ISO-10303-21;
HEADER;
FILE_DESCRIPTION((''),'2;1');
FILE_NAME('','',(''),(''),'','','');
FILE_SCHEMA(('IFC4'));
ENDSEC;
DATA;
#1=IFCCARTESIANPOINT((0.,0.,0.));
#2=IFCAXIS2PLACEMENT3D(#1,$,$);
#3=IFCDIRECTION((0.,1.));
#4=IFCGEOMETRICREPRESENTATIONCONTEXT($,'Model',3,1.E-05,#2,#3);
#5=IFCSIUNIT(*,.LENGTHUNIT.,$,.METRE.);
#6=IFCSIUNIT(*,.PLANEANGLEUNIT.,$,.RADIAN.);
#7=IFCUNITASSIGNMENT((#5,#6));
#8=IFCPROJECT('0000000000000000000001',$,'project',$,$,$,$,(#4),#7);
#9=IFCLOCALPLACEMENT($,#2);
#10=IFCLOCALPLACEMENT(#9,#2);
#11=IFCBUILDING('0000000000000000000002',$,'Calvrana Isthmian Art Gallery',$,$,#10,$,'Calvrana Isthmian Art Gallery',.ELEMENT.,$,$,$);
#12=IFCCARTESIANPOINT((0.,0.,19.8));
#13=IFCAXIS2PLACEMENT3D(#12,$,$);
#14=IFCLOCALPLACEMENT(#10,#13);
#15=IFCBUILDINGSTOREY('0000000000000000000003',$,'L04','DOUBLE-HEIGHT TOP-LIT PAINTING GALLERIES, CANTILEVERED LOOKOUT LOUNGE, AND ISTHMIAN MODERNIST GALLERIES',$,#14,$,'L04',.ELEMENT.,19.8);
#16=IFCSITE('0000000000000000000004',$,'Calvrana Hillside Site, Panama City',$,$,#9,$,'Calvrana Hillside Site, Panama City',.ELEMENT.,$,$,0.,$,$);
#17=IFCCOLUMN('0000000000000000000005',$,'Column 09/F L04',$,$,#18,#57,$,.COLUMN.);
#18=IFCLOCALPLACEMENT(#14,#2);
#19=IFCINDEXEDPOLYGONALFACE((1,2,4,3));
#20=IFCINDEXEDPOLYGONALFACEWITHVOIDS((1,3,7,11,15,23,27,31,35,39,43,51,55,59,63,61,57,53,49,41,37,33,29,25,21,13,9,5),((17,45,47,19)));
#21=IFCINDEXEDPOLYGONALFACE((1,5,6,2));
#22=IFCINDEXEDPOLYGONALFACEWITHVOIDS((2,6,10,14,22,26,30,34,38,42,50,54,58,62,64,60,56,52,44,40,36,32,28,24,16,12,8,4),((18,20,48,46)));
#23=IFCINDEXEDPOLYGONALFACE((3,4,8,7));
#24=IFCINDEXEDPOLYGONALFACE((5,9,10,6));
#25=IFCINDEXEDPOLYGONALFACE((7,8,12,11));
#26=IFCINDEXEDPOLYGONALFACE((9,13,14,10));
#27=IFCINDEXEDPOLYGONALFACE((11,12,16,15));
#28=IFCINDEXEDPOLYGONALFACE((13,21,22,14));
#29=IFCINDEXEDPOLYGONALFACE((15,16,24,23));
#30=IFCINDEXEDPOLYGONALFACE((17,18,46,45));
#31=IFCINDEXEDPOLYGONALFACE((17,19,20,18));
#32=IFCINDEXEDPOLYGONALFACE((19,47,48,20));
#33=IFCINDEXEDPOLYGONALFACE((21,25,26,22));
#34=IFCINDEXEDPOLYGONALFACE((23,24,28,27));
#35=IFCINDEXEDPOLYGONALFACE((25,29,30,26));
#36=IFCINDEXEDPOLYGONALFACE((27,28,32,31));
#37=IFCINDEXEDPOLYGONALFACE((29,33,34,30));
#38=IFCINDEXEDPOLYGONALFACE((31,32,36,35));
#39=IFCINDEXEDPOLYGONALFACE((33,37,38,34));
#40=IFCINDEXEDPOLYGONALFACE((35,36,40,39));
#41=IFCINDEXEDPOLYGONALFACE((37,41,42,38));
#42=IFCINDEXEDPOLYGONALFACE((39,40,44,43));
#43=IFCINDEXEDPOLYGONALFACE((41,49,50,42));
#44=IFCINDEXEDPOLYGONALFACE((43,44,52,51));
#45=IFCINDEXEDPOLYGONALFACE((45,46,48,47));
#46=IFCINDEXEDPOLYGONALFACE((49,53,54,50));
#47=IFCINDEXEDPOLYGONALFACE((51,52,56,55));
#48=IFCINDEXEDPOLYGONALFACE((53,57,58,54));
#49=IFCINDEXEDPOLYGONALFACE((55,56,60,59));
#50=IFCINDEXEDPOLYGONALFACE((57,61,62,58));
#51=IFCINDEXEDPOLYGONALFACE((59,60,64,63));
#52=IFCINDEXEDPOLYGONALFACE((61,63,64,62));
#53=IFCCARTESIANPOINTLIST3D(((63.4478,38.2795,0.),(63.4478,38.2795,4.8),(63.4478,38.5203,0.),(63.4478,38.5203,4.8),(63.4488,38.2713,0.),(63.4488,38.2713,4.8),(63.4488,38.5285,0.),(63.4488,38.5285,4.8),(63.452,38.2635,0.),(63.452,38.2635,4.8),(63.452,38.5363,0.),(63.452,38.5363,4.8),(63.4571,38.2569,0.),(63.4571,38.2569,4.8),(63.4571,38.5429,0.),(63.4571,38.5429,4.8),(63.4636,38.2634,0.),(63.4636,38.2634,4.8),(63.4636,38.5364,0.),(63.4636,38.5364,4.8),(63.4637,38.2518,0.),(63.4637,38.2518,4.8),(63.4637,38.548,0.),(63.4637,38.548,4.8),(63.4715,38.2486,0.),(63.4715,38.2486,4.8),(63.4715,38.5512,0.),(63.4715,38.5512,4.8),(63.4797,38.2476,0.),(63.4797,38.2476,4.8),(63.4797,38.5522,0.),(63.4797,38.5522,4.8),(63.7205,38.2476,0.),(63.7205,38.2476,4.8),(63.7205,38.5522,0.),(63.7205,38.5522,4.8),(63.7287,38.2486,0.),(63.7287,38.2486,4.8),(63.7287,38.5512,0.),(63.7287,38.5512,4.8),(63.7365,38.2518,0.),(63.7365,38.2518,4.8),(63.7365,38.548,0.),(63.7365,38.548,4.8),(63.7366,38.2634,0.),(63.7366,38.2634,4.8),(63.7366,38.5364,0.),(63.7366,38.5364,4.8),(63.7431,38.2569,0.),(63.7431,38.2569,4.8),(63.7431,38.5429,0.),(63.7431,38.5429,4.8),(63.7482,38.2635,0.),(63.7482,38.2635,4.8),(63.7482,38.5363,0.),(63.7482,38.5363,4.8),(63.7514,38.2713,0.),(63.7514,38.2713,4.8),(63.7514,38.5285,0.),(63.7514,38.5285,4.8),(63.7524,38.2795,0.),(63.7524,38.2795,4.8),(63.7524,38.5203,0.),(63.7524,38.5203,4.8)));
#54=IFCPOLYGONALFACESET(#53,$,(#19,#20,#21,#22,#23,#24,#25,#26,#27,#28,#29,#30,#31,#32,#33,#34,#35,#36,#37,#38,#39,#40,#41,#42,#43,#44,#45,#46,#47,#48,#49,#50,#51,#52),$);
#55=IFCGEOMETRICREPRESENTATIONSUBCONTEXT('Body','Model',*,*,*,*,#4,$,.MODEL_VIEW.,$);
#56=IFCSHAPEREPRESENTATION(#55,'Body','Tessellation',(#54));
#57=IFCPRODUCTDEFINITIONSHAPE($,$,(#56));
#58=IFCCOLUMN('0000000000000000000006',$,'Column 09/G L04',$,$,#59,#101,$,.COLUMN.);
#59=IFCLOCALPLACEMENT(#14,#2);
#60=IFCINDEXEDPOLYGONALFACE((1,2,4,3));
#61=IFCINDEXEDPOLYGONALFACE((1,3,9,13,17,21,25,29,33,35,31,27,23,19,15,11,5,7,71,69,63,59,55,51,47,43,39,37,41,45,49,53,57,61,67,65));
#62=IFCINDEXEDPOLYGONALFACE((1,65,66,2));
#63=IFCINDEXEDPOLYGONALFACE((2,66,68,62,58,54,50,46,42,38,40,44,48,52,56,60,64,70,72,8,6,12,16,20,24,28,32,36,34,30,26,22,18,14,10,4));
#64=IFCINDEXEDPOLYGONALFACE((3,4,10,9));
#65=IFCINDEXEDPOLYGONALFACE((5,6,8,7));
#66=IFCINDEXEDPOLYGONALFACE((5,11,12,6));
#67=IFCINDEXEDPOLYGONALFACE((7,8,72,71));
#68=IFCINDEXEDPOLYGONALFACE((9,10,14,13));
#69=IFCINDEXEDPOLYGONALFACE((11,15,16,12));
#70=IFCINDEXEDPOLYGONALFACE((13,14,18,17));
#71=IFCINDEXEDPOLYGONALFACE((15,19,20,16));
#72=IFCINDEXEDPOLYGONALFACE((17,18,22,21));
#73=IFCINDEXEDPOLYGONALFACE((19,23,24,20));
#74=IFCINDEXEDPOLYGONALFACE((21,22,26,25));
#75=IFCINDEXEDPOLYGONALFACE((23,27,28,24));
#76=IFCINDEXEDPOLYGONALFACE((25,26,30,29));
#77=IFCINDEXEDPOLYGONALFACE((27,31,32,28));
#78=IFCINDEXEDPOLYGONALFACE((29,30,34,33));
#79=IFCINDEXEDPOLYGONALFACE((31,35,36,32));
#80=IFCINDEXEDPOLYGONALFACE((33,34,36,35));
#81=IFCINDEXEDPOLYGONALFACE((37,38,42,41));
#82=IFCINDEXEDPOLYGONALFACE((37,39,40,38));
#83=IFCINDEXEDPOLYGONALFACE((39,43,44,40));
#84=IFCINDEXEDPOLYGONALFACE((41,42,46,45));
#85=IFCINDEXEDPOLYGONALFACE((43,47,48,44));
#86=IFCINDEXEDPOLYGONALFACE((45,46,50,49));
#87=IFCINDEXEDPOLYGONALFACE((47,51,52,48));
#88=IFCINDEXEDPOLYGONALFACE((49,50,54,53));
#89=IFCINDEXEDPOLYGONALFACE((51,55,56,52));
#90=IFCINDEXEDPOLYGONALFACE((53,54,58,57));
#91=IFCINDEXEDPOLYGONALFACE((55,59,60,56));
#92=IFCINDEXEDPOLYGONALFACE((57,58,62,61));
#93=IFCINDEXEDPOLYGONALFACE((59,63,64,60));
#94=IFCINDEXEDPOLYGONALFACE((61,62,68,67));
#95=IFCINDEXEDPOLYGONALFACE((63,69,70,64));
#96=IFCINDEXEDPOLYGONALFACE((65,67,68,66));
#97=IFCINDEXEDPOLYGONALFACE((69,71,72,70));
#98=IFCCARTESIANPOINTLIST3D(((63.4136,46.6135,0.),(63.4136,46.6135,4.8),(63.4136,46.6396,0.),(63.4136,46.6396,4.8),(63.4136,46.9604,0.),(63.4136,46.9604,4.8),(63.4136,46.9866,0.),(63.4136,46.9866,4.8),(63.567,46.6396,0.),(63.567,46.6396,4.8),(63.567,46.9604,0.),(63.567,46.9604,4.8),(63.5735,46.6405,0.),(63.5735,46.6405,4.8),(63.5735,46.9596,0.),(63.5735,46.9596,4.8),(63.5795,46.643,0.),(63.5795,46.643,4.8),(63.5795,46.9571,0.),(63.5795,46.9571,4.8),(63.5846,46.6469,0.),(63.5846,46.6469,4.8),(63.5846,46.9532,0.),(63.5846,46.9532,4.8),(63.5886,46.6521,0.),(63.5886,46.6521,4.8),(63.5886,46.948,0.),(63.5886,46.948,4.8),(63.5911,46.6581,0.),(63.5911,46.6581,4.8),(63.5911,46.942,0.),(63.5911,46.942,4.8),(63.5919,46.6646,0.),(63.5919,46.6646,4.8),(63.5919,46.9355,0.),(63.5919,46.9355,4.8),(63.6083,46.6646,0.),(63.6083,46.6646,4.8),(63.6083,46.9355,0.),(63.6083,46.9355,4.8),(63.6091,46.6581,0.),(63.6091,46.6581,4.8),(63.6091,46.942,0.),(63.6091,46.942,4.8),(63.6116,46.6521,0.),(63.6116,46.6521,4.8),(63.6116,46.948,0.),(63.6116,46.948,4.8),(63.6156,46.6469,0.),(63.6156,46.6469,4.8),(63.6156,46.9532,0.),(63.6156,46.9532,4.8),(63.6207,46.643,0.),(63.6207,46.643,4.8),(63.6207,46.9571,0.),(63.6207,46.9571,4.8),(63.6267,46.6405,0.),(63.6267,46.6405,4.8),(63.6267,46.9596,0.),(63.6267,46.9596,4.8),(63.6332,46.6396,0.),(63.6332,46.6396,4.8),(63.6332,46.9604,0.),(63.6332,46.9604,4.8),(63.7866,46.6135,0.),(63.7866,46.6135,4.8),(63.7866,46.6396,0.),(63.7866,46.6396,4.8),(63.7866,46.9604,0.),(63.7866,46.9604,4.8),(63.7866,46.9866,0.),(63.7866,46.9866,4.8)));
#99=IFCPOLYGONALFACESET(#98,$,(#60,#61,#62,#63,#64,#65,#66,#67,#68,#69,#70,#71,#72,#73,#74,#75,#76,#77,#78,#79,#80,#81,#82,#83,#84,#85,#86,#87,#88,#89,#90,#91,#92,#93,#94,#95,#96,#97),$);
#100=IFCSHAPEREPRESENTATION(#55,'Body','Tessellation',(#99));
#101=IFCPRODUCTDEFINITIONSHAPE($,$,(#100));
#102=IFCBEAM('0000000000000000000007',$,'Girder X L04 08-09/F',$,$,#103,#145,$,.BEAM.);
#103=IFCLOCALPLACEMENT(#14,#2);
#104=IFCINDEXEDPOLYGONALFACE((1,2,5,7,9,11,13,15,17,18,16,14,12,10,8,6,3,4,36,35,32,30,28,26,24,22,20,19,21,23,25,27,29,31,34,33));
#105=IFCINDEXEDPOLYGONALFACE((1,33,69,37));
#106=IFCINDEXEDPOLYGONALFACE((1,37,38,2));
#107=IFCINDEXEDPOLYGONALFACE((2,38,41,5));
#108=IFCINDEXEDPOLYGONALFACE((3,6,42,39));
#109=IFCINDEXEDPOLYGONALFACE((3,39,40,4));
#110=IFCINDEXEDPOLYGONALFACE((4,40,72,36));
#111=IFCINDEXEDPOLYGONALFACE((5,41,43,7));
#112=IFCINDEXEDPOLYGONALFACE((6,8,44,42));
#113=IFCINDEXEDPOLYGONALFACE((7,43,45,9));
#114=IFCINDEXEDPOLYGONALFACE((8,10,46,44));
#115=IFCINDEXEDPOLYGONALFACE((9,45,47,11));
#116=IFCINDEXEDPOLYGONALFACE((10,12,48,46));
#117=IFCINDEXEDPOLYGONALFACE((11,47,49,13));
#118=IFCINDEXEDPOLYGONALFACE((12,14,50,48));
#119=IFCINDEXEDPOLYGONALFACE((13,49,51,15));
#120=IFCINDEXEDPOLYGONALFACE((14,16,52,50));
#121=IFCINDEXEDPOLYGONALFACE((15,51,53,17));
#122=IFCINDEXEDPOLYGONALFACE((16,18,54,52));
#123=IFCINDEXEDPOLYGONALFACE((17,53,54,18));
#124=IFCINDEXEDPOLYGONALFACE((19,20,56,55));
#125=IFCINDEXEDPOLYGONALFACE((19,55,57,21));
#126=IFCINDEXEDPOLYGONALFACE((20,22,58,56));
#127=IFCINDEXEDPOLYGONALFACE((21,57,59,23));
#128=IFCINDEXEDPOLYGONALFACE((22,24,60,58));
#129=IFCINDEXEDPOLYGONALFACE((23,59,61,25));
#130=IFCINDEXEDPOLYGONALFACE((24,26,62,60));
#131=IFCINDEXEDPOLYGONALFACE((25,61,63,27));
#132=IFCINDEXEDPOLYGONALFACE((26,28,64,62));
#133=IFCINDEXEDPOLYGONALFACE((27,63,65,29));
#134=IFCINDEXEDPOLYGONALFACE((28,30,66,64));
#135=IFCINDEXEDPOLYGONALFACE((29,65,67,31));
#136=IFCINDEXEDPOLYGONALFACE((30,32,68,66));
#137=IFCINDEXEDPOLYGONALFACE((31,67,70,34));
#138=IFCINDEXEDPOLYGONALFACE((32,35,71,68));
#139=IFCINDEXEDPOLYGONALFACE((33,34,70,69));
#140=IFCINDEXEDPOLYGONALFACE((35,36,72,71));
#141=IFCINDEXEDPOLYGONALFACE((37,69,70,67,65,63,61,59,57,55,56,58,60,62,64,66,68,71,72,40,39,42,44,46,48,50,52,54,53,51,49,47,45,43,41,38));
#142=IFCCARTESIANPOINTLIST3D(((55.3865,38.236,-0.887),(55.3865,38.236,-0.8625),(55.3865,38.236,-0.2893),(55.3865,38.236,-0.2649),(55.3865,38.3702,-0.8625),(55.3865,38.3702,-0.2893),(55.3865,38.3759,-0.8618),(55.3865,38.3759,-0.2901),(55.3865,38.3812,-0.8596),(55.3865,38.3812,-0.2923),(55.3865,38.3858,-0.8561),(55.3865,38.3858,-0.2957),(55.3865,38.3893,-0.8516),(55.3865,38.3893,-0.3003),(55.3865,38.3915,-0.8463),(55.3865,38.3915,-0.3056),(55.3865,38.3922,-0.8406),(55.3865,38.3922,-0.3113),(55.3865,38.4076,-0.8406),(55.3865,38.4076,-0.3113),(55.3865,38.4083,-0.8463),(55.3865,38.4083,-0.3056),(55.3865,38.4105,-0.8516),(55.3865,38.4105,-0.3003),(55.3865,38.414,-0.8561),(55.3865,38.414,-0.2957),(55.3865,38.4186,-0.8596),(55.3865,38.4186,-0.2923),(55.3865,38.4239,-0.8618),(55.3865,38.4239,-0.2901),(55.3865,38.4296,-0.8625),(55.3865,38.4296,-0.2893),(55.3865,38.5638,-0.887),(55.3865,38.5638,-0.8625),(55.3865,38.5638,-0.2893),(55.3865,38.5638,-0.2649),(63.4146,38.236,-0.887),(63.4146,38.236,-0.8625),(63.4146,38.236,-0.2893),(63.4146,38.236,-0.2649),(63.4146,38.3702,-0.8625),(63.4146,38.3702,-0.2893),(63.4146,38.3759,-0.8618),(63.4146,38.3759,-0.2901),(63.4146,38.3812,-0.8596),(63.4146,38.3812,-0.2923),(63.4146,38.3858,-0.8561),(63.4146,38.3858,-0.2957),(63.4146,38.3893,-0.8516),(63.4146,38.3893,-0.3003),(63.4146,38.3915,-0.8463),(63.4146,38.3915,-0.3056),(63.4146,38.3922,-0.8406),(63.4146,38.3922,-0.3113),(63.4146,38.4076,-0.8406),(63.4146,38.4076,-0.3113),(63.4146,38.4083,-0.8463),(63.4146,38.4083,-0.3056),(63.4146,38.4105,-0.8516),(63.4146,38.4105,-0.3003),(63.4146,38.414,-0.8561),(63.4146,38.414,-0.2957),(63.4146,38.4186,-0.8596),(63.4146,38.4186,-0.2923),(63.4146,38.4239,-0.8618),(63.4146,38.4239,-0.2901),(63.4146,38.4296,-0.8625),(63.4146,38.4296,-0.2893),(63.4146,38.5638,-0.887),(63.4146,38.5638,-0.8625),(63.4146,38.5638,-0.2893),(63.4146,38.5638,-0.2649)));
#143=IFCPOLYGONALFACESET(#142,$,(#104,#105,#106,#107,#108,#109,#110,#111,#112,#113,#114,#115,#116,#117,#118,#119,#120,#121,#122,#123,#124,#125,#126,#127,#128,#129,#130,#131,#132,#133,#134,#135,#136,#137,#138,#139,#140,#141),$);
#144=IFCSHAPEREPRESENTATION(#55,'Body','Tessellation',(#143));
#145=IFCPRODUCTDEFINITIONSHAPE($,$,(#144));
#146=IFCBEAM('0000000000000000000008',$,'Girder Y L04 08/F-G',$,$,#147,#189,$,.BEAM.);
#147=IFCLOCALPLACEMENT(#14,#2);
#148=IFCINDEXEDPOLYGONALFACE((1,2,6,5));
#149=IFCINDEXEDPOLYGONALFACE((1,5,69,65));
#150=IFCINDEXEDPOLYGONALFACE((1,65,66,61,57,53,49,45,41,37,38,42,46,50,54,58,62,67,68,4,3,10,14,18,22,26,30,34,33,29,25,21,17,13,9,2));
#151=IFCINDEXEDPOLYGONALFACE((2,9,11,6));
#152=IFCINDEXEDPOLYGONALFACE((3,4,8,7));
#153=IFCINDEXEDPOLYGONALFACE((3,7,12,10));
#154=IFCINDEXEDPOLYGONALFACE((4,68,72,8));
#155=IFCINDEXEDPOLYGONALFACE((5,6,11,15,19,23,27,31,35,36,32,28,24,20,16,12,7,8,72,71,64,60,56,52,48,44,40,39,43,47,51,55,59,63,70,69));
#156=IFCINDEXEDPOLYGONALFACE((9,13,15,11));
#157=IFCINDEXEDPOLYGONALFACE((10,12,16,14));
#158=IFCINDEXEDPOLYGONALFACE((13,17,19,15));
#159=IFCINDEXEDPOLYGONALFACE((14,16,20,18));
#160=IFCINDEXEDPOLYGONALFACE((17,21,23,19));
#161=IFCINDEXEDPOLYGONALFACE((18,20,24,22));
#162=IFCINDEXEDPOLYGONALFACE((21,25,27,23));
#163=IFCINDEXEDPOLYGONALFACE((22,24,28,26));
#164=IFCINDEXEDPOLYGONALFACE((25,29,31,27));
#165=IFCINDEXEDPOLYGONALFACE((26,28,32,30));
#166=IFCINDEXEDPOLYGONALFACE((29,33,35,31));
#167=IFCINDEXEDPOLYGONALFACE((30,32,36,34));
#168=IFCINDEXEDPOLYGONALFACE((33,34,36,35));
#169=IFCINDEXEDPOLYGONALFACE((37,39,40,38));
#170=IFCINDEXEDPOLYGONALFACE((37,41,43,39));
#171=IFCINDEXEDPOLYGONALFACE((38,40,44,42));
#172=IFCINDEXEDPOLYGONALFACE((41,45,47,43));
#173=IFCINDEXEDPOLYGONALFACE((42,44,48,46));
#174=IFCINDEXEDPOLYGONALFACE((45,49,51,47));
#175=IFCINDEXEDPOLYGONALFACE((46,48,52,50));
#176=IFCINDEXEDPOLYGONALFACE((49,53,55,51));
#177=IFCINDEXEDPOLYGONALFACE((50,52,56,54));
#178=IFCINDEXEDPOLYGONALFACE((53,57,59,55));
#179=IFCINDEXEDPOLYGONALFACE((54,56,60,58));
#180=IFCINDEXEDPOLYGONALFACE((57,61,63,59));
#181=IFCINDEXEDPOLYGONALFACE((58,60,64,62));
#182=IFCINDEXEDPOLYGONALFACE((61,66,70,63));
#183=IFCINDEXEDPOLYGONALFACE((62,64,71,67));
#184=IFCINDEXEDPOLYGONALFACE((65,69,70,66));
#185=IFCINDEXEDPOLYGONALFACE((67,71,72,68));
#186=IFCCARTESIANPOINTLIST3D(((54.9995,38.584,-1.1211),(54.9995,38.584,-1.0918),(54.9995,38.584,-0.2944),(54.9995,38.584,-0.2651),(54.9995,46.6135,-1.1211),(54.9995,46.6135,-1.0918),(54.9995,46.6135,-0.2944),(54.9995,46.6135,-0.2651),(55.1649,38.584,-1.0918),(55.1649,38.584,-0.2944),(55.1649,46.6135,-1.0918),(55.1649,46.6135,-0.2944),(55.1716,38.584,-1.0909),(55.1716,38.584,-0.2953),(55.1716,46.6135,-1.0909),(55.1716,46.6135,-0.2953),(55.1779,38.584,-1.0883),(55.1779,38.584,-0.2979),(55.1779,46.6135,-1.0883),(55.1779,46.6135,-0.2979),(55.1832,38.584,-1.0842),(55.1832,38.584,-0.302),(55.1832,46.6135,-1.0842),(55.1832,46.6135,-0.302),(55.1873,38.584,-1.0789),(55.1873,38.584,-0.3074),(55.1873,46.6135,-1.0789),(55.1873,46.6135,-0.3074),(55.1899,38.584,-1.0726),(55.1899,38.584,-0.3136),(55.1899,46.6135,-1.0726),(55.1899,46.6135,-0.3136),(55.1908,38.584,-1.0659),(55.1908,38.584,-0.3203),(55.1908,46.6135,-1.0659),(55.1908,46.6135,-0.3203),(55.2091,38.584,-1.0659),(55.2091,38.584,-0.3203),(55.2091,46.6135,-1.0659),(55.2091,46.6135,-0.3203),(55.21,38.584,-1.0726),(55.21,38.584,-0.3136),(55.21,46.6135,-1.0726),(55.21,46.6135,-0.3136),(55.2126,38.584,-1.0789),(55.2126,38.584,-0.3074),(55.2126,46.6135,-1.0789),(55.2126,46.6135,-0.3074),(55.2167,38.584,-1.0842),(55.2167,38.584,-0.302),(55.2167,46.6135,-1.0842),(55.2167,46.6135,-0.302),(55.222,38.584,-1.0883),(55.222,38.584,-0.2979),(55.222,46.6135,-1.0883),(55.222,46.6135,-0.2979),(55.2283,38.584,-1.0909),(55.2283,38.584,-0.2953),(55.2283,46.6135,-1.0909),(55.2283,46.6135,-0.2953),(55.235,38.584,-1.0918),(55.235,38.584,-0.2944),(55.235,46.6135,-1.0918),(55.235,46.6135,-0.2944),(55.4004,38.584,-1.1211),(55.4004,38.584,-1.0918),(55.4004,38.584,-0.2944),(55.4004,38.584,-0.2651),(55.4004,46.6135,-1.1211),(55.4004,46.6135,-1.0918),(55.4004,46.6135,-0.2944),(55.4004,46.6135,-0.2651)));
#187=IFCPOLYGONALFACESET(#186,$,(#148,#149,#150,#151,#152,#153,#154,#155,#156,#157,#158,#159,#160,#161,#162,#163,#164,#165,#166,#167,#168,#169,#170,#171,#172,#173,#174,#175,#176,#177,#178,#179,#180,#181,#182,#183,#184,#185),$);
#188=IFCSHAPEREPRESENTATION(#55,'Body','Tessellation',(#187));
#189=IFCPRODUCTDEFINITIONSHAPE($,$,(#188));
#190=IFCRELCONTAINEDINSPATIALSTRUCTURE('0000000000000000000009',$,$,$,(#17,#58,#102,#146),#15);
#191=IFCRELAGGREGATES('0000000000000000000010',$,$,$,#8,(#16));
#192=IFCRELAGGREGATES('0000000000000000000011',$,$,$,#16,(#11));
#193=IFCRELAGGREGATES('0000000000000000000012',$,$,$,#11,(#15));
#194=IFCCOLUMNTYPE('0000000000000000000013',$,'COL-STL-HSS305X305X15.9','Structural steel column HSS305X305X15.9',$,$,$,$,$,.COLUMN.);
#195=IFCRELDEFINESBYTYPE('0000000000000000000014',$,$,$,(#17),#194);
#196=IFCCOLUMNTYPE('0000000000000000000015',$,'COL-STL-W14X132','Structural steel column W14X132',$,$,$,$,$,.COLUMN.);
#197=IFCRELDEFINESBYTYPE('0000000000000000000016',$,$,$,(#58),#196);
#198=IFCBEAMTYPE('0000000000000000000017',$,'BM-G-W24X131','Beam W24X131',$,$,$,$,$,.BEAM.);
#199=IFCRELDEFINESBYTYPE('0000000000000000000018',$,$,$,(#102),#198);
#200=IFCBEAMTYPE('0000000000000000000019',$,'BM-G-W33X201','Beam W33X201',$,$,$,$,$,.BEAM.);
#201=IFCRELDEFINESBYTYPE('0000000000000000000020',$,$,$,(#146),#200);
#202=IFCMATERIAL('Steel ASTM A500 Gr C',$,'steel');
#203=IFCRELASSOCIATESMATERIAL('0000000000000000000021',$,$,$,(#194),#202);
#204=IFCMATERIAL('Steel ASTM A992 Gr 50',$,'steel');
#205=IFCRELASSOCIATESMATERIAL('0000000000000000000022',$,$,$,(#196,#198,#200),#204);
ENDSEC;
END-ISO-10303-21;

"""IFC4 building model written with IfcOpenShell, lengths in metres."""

from ifc_helpers import new_model, si_unit, direction, frame, origin, origin_2d, place, context, subcontext, project, spatial, hollow_rectangle, i_section, extrude, material, material_profile, profile_set, type_object, element, save


model = new_model("IFC4")

# Units and contexts
model_context = context("Model", 3, precision=1e-05, world=origin(), true_north=direction((0.0, 1.0)))
body_context = subcontext(model_context, "Body", "Model", "MODEL_VIEW")
ifc_project = project(units=[si_unit("LENGTHUNIT", "METRE"), si_unit("PLANEANGLEUNIT", "RADIAN")], contexts=[model_context])

# Site, building, storey
site_placement = place(None, origin())
site = spatial("IfcSite", under=ifc_project, at=site_placement, Name="Calvrana Hillside Site, Panama City", LongName="Calvrana Hillside Site, Panama City", CompositionType="ELEMENT", RefElevation=0.0)
building_placement = place(site_placement, origin())
building = spatial("IfcBuilding", under=site, at=building_placement, Name="Calvrana Isthmian Art Gallery", LongName="Calvrana Isthmian Art Gallery", CompositionType="ELEMENT")
storey_placement = place(building_placement, frame((0.0, 0.0, 19.8)))
storey = spatial("IfcBuildingStorey", under=building, at=storey_placement, Name="L04", Description="DOUBLE-HEIGHT TOP-LIT PAINTING GALLERIES, CANTILEVERED LOOKOUT LOUNGE, AND ISTHMIAN MODERNIST GALLERIES", LongName="L04", CompositionType="ELEMENT", Elevation=19.8)

# Columns
ifc_material_1 = material(Name="Steel ASTM A500 Gr C", Category="steel")
ifc_material_profile_1 = material_profile(ifc_material_1, hollow_rectangle(XDim=0.3047, YDim=0.3047, WallThickness=0.0159, OuterFilletRadius=0.032, at=origin_2d()), Name="HSS305X305X15.9")
ifc_profile_set_1 = profile_set([ifc_material_profile_1], Name="Steel ASTM A500 Gr C")
column_type_1 = type_object("IfcColumnType", Name="COL-STL-HSS305X305X15.9", Description="Structural steel column HSS305X305X15.9", PredefinedType="COLUMN", material=ifc_profile_set_1)
column_1_placement = place(storey_placement, frame((63.6001, 38.3999, 0.0), z_axis=(0.0, 0.0, 1.0), x_axis=(1.0, 0.0, 0.0)))
element("IfcColumn", 1, at=column_1_placement, inside=storey, type_object=column_type_1, Name="Column 09/F L04", PredefinedType="COLUMN", context=body_context, shape_type="SweptSolid", body=[
    extrude(hollow_rectangle(XDim=0.3047, YDim=0.3047, WallThickness=0.0159, OuterFilletRadius=0.032, at=origin_2d()), origin(), (0.0, 0.0, 1.0), 4.8),
])
ifc_material_2 = material(Name="Steel ASTM A992 Gr 50", Category="steel")
ifc_material_profile_2 = material_profile(ifc_material_2, i_section(OverallWidth=0.373, OverallDepth=0.373, WebThickness=0.0164, FlangeThickness=0.0261, FilletRadius=0.0249, at=origin_2d()), Name="W14X132")
ifc_profile_set_2 = profile_set([ifc_material_profile_2], Name="Steel ASTM A992 Gr 50")
column_type_2 = type_object("IfcColumnType", Name="COL-STL-W14X132", Description="Structural steel column W14X132", PredefinedType="COLUMN", material=ifc_profile_set_2)
column_2_placement = place(storey_placement, frame((63.6001, 46.8, 0.0), z_axis=(0.0, 0.0, 1.0), x_axis=(1.0, 0.0, 0.0)))
element("IfcColumn", 2, at=column_2_placement, inside=storey, type_object=column_type_2, Name="Column 09/G L04", PredefinedType="COLUMN", context=body_context, shape_type="SweptSolid", body=[
    extrude(i_section(OverallWidth=0.373, OverallDepth=0.373, WebThickness=0.0164, FlangeThickness=0.0261, FilletRadius=0.0249, at=origin_2d()), origin(), (0.0, 0.0, 1.0), 4.8),
])

# Beams
ifc_material_profile_3 = material_profile(ifc_material_2, i_section(OverallWidth=0.3279, OverallDepth=0.6221, WebThickness=0.0154, FlangeThickness=0.0244, FilletRadius=0.022, at=origin_2d()), Name="W24X131")
ifc_profile_set_3 = profile_set([ifc_material_profile_3], Name="Steel ASTM A992 Gr 50")
beam_type_1 = type_object("IfcBeamType", Name="BM-G-W24X131", Description="Beam W24X131", PredefinedType="BEAM", material=ifc_profile_set_3)
beam_1_placement = place(storey_placement, frame((55.3865, 38.3999, -0.5759), z_axis=(1.0, 0.0, 0.0), x_axis=(0.0, 1.0, 0.0)))
element("IfcBeam", 3, at=beam_1_placement, inside=storey, type_object=beam_type_1, Name="Girder X L04 08-09/F", PredefinedType="BEAM", context=body_context, shape_type="SweptSolid", body=[
    extrude(i_section(OverallWidth=0.3279, OverallDepth=0.6221, WebThickness=0.0154, FlangeThickness=0.0244, FilletRadius=0.022, at=origin_2d()), origin(), (0.0, 0.0, 1.0), 8.0281),
])
ifc_material_profile_4 = material_profile(ifc_material_2, i_section(OverallWidth=0.4009, OverallDepth=0.856, WebThickness=0.0183, FlangeThickness=0.0293, FilletRadius=0.0259, at=origin_2d()), Name="W33X201")
ifc_profile_set_4 = profile_set([ifc_material_profile_4], Name="Steel ASTM A992 Gr 50")
beam_type_2 = type_object("IfcBeamType", Name="BM-G-W33X201", Description="Beam W33X201", PredefinedType="BEAM", material=ifc_profile_set_4)
beam_2_placement = place(storey_placement, frame((55.2, 38.584, -0.6931), z_axis=(0.0, 1.0, 0.0), x_axis=(-1.0, 0.0, 0.0)))
element("IfcBeam", 4, at=beam_2_placement, inside=storey, type_object=beam_type_2, Name="Girder Y L04 08/F-G", PredefinedType="BEAM", context=body_context, shape_type="SweptSolid", body=[
    extrude(i_section(OverallWidth=0.4009, OverallDepth=0.856, WebThickness=0.0183, FlangeThickness=0.0293, FilletRadius=0.0259, at=origin_2d()), origin(), (0.0, 0.0, 1.0), 8.0295),
])

save(model, "model.ifc")
